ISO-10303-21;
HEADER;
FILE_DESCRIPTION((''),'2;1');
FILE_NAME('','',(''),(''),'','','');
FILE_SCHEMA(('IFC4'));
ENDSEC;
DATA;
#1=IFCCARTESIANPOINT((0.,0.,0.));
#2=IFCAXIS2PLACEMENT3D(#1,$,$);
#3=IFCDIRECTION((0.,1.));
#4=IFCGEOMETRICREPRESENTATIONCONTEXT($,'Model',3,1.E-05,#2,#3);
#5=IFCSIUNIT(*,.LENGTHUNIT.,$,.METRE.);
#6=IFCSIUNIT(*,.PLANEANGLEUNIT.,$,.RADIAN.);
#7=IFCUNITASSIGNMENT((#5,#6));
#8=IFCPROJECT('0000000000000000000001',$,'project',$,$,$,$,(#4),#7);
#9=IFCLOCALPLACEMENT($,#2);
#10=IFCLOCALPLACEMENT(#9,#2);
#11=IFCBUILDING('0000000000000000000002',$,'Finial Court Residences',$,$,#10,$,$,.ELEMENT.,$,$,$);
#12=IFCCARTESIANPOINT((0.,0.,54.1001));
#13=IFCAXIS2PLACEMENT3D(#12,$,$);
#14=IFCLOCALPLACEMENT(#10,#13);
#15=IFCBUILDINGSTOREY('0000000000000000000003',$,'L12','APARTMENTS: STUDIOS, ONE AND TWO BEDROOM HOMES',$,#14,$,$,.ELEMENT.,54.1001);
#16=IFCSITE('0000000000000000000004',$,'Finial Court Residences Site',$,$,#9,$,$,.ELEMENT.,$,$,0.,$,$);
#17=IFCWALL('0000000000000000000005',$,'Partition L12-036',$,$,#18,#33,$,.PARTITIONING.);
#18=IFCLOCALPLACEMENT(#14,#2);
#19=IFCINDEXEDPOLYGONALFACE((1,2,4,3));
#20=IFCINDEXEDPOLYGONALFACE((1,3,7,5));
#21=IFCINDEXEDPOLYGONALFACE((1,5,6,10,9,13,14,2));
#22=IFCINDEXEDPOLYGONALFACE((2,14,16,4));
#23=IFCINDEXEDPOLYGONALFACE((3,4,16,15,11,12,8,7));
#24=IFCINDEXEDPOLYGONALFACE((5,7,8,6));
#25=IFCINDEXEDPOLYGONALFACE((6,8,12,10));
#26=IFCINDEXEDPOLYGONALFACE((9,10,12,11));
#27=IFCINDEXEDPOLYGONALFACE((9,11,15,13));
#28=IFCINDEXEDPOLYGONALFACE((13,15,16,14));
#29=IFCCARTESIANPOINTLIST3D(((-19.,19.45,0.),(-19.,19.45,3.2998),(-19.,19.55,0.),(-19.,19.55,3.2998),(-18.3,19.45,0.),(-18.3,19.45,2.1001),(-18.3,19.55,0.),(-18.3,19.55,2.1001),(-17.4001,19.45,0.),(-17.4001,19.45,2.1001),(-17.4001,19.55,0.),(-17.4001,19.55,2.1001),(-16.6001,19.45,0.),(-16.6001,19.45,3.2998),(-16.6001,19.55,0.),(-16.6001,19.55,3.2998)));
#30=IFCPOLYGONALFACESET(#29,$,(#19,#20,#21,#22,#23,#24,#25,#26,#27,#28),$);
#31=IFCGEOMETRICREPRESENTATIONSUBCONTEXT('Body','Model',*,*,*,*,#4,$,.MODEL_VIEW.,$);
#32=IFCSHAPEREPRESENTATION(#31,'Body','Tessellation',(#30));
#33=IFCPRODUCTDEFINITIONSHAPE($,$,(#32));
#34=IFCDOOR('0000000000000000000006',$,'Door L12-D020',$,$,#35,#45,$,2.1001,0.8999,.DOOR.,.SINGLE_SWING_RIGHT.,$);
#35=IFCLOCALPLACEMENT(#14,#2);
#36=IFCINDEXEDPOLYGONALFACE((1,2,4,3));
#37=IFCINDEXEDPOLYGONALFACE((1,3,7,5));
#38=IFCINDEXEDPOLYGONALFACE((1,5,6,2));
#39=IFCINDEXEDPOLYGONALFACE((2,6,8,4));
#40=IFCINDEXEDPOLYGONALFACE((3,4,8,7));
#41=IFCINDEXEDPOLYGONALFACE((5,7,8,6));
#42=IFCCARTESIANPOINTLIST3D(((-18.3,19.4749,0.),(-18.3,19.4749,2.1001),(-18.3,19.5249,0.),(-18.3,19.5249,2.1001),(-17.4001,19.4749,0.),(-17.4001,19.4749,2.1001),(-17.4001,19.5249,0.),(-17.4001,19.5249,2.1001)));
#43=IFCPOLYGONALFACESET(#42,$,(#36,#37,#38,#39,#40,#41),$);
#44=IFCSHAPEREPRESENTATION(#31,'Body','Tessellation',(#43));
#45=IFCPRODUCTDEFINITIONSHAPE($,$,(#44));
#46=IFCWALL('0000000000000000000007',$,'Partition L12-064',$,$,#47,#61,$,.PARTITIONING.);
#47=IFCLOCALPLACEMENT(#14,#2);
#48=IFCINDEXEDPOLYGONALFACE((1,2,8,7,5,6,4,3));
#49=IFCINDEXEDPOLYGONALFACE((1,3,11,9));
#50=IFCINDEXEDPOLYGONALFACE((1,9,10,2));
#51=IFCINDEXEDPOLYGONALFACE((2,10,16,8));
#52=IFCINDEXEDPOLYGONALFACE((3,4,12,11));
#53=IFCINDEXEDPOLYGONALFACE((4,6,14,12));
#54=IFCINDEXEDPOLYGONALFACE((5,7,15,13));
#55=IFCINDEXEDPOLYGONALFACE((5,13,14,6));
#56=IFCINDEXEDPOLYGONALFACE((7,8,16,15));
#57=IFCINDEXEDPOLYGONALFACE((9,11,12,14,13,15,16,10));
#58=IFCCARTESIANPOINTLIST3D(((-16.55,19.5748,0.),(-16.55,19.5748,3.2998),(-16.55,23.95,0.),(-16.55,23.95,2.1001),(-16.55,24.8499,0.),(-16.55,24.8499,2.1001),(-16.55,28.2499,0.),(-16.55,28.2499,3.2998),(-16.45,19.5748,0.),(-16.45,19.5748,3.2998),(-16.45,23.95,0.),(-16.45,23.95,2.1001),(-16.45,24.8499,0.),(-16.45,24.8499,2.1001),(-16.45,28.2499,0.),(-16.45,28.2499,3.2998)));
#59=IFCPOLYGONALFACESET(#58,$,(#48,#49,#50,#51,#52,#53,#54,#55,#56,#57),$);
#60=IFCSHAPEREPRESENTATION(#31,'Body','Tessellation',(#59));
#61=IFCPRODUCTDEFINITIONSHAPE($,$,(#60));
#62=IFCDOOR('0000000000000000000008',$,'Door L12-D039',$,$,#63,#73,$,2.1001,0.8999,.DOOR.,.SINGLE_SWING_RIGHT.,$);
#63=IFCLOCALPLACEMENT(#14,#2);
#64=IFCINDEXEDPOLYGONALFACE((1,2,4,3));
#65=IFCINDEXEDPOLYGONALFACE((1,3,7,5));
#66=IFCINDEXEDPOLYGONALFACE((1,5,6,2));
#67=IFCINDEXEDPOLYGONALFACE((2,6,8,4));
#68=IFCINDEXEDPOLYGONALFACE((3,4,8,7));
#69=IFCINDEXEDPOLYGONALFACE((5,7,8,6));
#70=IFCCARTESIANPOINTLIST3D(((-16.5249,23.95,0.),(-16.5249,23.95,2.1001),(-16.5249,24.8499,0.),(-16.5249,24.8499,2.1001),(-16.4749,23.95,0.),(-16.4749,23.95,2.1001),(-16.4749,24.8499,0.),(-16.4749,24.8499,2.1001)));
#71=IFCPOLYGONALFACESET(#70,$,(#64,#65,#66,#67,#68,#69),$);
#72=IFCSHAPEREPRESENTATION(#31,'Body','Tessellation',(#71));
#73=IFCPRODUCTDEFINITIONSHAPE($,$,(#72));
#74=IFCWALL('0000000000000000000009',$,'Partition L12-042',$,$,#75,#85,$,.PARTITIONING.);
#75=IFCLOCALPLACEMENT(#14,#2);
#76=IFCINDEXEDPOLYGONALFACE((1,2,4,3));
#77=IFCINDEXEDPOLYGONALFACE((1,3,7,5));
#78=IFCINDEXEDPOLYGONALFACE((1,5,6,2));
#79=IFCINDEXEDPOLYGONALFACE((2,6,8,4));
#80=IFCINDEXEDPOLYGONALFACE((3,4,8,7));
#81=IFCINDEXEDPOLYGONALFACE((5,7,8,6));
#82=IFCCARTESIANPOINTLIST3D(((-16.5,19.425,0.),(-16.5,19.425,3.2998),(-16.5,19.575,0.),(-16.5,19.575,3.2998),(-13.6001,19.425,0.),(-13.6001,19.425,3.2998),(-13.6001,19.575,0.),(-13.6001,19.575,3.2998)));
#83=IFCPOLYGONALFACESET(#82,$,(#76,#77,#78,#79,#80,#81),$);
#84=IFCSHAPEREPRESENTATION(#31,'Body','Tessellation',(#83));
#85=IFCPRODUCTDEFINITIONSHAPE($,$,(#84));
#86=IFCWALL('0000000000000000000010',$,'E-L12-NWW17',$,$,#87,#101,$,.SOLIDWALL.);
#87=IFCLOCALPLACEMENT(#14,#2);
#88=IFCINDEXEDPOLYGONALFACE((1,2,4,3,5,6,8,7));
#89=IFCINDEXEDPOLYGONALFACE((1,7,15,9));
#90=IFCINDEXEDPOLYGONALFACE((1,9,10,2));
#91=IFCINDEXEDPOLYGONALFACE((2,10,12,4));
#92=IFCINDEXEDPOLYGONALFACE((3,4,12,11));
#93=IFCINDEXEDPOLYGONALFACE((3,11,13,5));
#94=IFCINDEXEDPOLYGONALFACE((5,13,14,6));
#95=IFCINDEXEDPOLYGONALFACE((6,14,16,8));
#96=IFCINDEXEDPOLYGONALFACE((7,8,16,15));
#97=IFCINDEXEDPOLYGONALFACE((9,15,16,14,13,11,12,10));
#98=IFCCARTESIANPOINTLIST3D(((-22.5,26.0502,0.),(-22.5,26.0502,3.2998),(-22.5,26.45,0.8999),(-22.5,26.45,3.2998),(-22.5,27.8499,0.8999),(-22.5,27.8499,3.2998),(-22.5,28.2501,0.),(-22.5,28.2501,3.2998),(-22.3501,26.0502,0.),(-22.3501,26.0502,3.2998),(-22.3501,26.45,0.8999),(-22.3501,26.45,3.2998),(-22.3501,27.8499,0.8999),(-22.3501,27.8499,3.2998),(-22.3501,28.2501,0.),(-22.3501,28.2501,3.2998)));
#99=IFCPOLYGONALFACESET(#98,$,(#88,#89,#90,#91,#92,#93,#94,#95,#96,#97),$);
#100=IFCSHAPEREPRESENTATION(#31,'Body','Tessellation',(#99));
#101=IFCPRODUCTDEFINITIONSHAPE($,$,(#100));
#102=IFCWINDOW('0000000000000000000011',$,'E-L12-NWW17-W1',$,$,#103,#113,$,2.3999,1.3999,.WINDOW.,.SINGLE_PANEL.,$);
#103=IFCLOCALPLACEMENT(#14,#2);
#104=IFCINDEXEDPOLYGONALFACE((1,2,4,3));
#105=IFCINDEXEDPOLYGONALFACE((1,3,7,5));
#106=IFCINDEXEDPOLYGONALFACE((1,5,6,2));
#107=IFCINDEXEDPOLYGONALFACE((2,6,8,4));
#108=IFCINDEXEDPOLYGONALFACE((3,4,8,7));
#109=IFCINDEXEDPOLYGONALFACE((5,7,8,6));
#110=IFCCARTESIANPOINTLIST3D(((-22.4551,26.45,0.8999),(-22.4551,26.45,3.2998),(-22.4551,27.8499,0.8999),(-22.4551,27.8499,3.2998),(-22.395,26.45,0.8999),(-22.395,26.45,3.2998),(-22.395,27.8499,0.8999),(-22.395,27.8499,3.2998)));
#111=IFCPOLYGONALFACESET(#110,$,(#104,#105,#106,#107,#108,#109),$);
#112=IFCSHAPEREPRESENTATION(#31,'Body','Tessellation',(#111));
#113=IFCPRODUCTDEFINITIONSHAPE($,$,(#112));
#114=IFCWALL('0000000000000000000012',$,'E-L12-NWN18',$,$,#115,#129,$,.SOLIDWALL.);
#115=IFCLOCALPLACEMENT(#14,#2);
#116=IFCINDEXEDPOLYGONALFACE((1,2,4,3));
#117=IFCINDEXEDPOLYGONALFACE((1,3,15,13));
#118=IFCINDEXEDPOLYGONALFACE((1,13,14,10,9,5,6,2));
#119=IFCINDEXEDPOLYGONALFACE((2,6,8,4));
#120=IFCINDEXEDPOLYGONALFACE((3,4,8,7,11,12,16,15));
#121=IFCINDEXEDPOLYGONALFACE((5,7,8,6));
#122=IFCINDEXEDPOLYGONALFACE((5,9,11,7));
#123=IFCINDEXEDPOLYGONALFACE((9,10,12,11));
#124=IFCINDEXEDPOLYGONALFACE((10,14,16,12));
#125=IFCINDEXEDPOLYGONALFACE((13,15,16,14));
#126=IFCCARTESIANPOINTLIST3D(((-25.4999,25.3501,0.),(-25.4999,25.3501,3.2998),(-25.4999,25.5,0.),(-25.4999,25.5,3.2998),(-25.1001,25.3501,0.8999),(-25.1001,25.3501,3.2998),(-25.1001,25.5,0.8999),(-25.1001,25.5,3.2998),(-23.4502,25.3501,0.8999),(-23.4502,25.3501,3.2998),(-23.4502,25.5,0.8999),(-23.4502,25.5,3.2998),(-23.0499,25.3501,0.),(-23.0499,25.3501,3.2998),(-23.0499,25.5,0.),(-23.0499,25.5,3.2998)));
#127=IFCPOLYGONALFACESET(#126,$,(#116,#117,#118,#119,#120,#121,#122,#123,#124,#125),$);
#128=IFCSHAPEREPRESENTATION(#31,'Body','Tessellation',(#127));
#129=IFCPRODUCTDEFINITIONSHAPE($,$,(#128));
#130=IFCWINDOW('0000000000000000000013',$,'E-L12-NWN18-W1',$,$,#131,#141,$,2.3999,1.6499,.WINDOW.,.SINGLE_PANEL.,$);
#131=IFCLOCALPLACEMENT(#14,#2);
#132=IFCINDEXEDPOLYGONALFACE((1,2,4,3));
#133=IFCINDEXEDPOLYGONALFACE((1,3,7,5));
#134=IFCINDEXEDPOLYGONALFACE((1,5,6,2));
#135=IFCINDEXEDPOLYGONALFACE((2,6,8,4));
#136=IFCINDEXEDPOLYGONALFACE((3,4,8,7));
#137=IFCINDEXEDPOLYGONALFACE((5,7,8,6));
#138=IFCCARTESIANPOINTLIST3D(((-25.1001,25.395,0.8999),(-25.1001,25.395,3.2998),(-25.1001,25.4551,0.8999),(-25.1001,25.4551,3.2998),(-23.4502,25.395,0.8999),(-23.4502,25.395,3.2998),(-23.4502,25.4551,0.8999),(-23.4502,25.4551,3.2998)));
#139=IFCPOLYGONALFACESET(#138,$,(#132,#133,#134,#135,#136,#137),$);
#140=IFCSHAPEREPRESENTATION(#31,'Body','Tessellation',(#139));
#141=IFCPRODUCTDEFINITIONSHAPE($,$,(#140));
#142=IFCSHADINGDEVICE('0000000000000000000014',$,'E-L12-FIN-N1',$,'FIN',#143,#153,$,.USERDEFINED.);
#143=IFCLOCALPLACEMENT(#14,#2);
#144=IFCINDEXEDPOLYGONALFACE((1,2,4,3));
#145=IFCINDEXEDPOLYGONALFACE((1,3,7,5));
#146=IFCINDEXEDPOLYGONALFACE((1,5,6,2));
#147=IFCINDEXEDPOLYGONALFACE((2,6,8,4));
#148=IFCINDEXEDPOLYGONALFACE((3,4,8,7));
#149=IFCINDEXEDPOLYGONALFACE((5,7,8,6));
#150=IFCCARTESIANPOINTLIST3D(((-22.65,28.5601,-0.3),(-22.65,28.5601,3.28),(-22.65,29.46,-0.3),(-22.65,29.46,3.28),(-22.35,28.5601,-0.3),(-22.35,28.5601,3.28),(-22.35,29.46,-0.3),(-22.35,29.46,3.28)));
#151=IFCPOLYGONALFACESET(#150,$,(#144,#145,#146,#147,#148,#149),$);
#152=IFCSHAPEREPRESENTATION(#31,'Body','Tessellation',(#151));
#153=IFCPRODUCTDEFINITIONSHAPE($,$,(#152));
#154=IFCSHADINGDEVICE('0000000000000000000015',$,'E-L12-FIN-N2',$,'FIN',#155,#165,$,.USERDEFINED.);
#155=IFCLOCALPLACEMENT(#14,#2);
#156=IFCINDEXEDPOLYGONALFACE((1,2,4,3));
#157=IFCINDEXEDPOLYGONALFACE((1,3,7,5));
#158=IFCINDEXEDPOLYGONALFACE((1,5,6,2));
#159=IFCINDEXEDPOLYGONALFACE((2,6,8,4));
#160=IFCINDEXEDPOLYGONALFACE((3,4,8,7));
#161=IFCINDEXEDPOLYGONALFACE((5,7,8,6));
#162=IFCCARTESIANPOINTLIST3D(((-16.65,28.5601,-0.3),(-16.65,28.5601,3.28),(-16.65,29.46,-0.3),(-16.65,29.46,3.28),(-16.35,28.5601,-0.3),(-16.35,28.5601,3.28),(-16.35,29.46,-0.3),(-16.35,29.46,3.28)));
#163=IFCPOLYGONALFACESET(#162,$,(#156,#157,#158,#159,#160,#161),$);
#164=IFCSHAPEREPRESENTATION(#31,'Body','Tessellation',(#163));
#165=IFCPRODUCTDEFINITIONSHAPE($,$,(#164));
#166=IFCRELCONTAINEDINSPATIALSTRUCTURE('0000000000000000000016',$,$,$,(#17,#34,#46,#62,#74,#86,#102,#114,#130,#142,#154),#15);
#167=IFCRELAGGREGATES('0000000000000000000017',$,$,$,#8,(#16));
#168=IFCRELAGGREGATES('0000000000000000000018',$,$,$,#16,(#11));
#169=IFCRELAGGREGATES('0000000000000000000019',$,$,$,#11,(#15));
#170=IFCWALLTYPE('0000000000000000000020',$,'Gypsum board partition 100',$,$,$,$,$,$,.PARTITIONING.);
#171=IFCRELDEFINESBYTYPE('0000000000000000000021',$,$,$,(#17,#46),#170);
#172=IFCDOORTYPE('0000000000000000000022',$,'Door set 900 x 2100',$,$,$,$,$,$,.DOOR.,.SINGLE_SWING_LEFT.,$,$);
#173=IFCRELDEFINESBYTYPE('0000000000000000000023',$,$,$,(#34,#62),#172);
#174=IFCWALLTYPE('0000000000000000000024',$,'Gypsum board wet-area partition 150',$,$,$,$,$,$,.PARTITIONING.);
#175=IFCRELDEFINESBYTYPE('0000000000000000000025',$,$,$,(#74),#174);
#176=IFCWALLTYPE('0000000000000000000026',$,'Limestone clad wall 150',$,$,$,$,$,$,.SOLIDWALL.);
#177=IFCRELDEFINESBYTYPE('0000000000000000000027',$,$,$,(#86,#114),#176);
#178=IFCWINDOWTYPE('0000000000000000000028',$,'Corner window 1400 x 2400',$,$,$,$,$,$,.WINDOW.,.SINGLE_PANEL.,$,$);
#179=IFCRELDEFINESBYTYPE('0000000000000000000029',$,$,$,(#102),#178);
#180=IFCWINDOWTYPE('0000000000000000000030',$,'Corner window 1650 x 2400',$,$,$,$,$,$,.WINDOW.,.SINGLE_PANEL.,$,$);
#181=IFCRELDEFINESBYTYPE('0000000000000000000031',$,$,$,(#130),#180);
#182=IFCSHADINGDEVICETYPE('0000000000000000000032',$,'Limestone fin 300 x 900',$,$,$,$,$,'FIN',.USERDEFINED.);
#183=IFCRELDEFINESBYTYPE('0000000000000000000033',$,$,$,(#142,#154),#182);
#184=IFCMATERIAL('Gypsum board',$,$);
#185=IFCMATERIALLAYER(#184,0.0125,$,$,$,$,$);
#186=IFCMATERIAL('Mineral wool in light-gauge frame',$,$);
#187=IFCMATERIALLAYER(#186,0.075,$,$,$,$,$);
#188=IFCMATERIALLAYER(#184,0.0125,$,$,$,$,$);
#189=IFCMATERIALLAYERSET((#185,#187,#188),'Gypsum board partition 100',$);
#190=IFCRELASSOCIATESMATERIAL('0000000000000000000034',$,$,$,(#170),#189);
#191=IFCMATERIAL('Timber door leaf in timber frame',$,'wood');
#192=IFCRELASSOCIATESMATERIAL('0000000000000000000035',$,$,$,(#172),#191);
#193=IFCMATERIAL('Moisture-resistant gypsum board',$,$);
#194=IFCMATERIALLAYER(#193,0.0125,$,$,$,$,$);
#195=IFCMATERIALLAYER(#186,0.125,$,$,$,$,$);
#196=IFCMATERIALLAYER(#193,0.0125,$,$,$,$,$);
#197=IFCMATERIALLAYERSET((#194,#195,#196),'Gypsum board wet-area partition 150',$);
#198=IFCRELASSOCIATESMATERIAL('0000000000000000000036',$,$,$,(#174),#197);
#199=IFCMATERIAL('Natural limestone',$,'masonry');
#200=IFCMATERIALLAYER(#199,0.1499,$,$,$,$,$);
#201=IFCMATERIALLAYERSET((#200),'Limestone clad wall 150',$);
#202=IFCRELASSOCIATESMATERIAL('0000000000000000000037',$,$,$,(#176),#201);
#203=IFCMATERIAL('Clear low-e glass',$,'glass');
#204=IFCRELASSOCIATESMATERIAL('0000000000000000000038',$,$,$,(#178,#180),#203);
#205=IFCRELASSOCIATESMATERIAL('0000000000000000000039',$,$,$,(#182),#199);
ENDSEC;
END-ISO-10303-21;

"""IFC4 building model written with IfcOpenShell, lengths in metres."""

from ifc_helpers import new_model, si_unit, direction, frame, frame_2d, origin, origin_2d, place, context, subcontext, project, spatial, rectangle, extrude, material, layer, layer_set, type_object, element, fill, save


model = new_model("IFC4")

# Units and contexts
model_context = context("Model", 3, precision=1e-05, world=origin(), true_north=direction((0.0, 1.0)))
body_context = subcontext(model_context, "Body", "Model", "MODEL_VIEW")
ifc_project = project(units=[si_unit("LENGTHUNIT", "METRE"), si_unit("PLANEANGLEUNIT", "RADIAN")], contexts=[model_context])

# Site, building, storey
site_placement = place(None, origin())
site = spatial("IfcSite", under=ifc_project, at=site_placement, Name="Finial Court Residences Site", CompositionType="ELEMENT", RefElevation=0.0)
building_placement = place(site_placement, origin())
building = spatial("IfcBuilding", under=site, at=building_placement, Name="Finial Court Residences", CompositionType="ELEMENT")
storey_placement = place(building_placement, frame((0.0, 0.0, 54.1001)))
storey = spatial("IfcBuildingStorey", under=building, at=storey_placement, Name="L12", Description="APARTMENTS: STUDIOS, ONE AND TWO BEDROOM HOMES", CompositionType="ELEMENT", Elevation=54.1001)

# Shared definitions
ifc_material_1 = material(Name="Clear low-e glass", Category="glass")

# Walls, openings, doors
ifc_material_2 = material(Name="Gypsum board")
ifc_layer_1 = layer(ifc_material_2, 0.0125)
ifc_material_3 = material(Name="Mineral wool in light-gauge frame")
ifc_layer_2 = layer(ifc_material_3, 0.075)
ifc_layer_3 = layer(ifc_material_2, 0.0125)
ifc_layer_set_1 = layer_set([ifc_layer_1, ifc_layer_2, ifc_layer_3], Name="Gypsum board partition 100")
wall_type_1 = type_object("IfcWallType", Name="Gypsum board partition 100", PredefinedType="PARTITIONING", material=ifc_layer_set_1)
wall_1_placement = place(storey_placement, frame((-19.0, 19.5, 0.0), z_axis=(0.0, 0.0, 1.0), x_axis=(1.0, 0.0, 0.0)))
wall_1 = element("IfcWall", 1, at=wall_1_placement, inside=storey, type_object=wall_type_1, Name="Partition L12-036", PredefinedType="PARTITIONING", context=body_context, shape_type="SweptSolid", body=[
    extrude(rectangle(XDim=2.3999, YDim=0.1001, at=frame_2d((1.2, 0.0))), origin(), (0.0, 0.0, 1.0), 3.2998),
])
opening_1_placement = place(wall_1_placement, frame((0.7, 0.0, 0.0)))
opening_1 = element("IfcOpeningElement", 2, at=opening_1_placement, cuts=wall_1, PredefinedType="OPENING", context=body_context, shape_type="SweptSolid", body=[
    extrude(rectangle(XDim=0.8999, YDim=2.1001, at=frame_2d((0.45, 1.05))), frame((0.0, 0.0601, 0.0), z_axis=(0.0, -1.0, 0.0), x_axis=(1.0, 0.0, 0.0)), (0.0, 0.0, 1.0), 0.1201),
])
ifc_material_4 = material(Name="Timber door leaf in timber frame", Category="wood")
door_type = type_object("IfcDoorType", Name="Door set 900 x 2100", OperationType="SINGLE_SWING_LEFT", PredefinedType="DOOR", material=ifc_material_4)
door_1_placement = place(opening_1_placement, origin())
door_1 = element("IfcDoor", 3, at=door_1_placement, inside=storey, type_object=door_type, Name="Door L12-D020", OperationType="SINGLE_SWING_RIGHT", OverallHeight=2.1001, OverallWidth=0.8999, PredefinedType="DOOR", context=body_context, shape_type="SweptSolid", body=[
    extrude(rectangle(XDim=0.8999, YDim=2.1001, at=frame_2d((0.45, 1.05))), frame((0.0, 0.0249, 0.0), z_axis=(0.0, -1.0, 0.0), x_axis=(1.0, 0.0, 0.0)), (0.0, 0.0, 1.0), 0.05),
])
fill(opening_1, door_1)
wall_2_placement = place(storey_placement, frame((-16.5, 19.575, 0.0), z_axis=(0.0, 0.0, 1.0), x_axis=(0.0, 1.0, 0.0)))
wall_2 = element("IfcWall", 4, at=wall_2_placement, inside=storey, type_object=wall_type_1, Name="Partition L12-064", PredefinedType="PARTITIONING", context=body_context, shape_type="SweptSolid", body=[
    extrude(rectangle(XDim=8.675, YDim=0.1001, at=frame_2d((4.3374, 0.0))), origin(), (0.0, 0.0, 1.0), 3.2998),
])
opening_2_placement = place(wall_2_placement, frame((4.375, 0.0, 0.0)))
opening_2 = element("IfcOpeningElement", 5, at=opening_2_placement, cuts=wall_2, PredefinedType="OPENING", context=body_context, shape_type="SweptSolid", body=[
    extrude(rectangle(XDim=0.8999, YDim=2.1001, at=frame_2d((0.45, 1.05))), frame((0.0, 0.0601, 0.0), z_axis=(0.0, -1.0, 0.0), x_axis=(1.0, 0.0, 0.0)), (0.0, 0.0, 1.0), 0.1201),
])
door_2_placement = place(opening_2_placement, origin())
door_2 = element("IfcDoor", 6, at=door_2_placement, inside=storey, type_object=door_type, Name="Door L12-D039", OperationType="SINGLE_SWING_RIGHT", OverallHeight=2.1001, OverallWidth=0.8999, PredefinedType="DOOR", context=body_context, shape_type="SweptSolid", body=[
    extrude(rectangle(XDim=0.8999, YDim=2.1001, at=frame_2d((0.45, 1.05))), frame((0.0, 0.0249, 0.0), z_axis=(0.0, -1.0, 0.0), x_axis=(1.0, 0.0, 0.0)), (0.0, 0.0, 1.0), 0.05),
])
fill(opening_2, door_2)

# Wall
ifc_material_5 = material(Name="Moisture-resistant gypsum board")
ifc_layer_4 = layer(ifc_material_5, 0.0125)
ifc_layer_5 = layer(ifc_material_3, 0.125)
ifc_layer_6 = layer(ifc_material_5, 0.0125)
ifc_layer_set_2 = layer_set([ifc_layer_4, ifc_layer_5, ifc_layer_6], Name="Gypsum board wet-area partition 150")
wall_type_2 = type_object("IfcWallType", Name="Gypsum board wet-area partition 150", PredefinedType="PARTITIONING", material=ifc_layer_set_2)
wall_3_placement = place(storey_placement, frame((-16.5, 19.5, 0.0), z_axis=(0.0, 0.0, 1.0), x_axis=(1.0, 0.0, 0.0)))
element("IfcWall", 7, at=wall_3_placement, inside=storey, type_object=wall_type_2, Name="Partition L12-042", PredefinedType="PARTITIONING", context=body_context, shape_type="SweptSolid", body=[
    extrude(rectangle(XDim=2.8999, YDim=0.1499, at=frame_2d((1.45, 0.0))), origin(), (0.0, 0.0, 1.0), 3.2998),
])

# Walls, openings, windows
ifc_material_6 = material(Name="Natural limestone", Category="masonry")
ifc_layer_7 = layer(ifc_material_6, 0.1499)
ifc_layer_set_3 = layer_set([ifc_layer_7], Name="Limestone clad wall 150")
wall_type_3 = type_object("IfcWallType", Name="Limestone clad wall 150", PredefinedType="SOLIDWALL", material=ifc_layer_set_3)
wall_4_placement = place(storey_placement, frame((-22.425, 26.05, 0.0), z_axis=(0.0, 0.0, 1.0), x_axis=(0.0, 1.0, 0.0)))
wall_4 = element("IfcWall", 8, at=wall_4_placement, inside=storey, type_object=wall_type_3, Name="E-L12-NWW17", PredefinedType="SOLIDWALL", context=body_context, shape_type="SweptSolid", body=[
    extrude(rectangle(XDim=2.2, YDim=0.1499, at=frame_2d((1.1001, 0.0))), origin(), (0.0, 0.0, 1.0), 3.2998),
])
opening_3_placement = place(wall_4_placement, frame((0.3999, 0.0, 0.8999)))
opening_3 = element("IfcOpeningElement", 9, at=opening_3_placement, cuts=wall_4, PredefinedType="OPENING", context=body_context, shape_type="SweptSolid", body=[
    extrude(rectangle(XDim=1.3999, YDim=2.3999, at=frame_2d((0.7, 1.2))), frame((0.0, 0.085, 0.0), z_axis=(0.0, -1.0, 0.0), x_axis=(1.0, 0.0, 0.0)), (0.0, 0.0, 1.0), 0.1699),
])
window_type_1 = type_object("IfcWindowType", Name="Corner window 1400 x 2400", PartitioningType="SINGLE_PANEL", PredefinedType="WINDOW", material=ifc_material_1)
window_1_placement = place(opening_3_placement, origin())
window_1 = element("IfcWindow", 10, at=window_1_placement, inside=storey, type_object=window_type_1, Name="E-L12-NWW17-W1", OverallHeight=2.3999, OverallWidth=1.3999, PartitioningType="SINGLE_PANEL", PredefinedType="WINDOW", context=body_context, shape_type="SweptSolid", body=[
    extrude(rectangle(XDim=1.3999, YDim=2.3999, at=frame_2d((0.7, 1.2))), frame((0.0, 0.03, 0.0), z_axis=(0.0, -1.0, 0.0), x_axis=(1.0, 0.0, 0.0)), (0.0, 0.0, 1.0), 0.0601),
])
fill(opening_3, window_1)
wall_5_placement = place(storey_placement, frame((-25.5, 25.425, 0.0), z_axis=(0.0, 0.0, 1.0), x_axis=(1.0, 0.0, 0.0)))
wall_5 = element("IfcWall", 11, at=wall_5_placement, inside=storey, type_object=wall_type_3, Name="E-L12-NWN18", PredefinedType="SOLIDWALL", context=body_context, shape_type="SweptSolid", body=[
    extrude(rectangle(XDim=2.45, YDim=0.1499, at=frame_2d((1.2251, 0.0))), origin(), (0.0, 0.0, 1.0), 3.2998),
])
opening_4_placement = place(wall_5_placement, frame((0.3999, 0.0, 0.8999)))
opening_4 = element("IfcOpeningElement", 12, at=opening_4_placement, cuts=wall_5, PredefinedType="OPENING", context=body_context, shape_type="SweptSolid", body=[
    extrude(rectangle(XDim=1.6499, YDim=2.3999, at=frame_2d((0.825, 1.2))), frame((0.0, 0.085, 0.0), z_axis=(0.0, -1.0, 0.0), x_axis=(1.0, 0.0, 0.0)), (0.0, 0.0, 1.0), 0.1699),
])
window_type_2 = type_object("IfcWindowType", Name="Corner window 1650 x 2400", PartitioningType="SINGLE_PANEL", PredefinedType="WINDOW", material=ifc_material_1)
window_2_placement = place(opening_4_placement, origin())
window_2 = element("IfcWindow", 13, at=window_2_placement, inside=storey, type_object=window_type_2, Name="E-L12-NWN18-W1", OverallHeight=2.3999, OverallWidth=1.6499, PartitioningType="SINGLE_PANEL", PredefinedType="WINDOW", context=body_context, shape_type="SweptSolid", body=[
    extrude(rectangle(XDim=1.6499, YDim=2.3999, at=frame_2d((0.825, 1.2))), frame((0.0, 0.03, 0.0), z_axis=(0.0, -1.0, 0.0), x_axis=(1.0, 0.0, 0.0)), (0.0, 0.0, 1.0), 0.0601),
])
fill(opening_4, window_2)

# Shading devices
shading_device_type = type_object("IfcShadingDeviceType", Name="Limestone fin 300 x 900", ElementType="FIN", PredefinedType="USERDEFINED", material=ifc_material_6)
for number, where, z_axis, x_axis, name in (
    (14, (-22.5, 29.01, -0.3), (0.0, 0.0, 1.0), (1.0, 0.0, 0.0), "E-L12-FIN-N1"),
    (15, (-16.5, 29.01, -0.3), (0.0, 0.0, 1.0), (1.0, 0.0, 0.0), "E-L12-FIN-N2"),
):
    element("IfcShadingDevice", number, at=place(storey_placement, frame(where, z_axis=z_axis, x_axis=x_axis)), inside=storey, type_object=shading_device_type, Name=name, ObjectType="FIN", PredefinedType="USERDEFINED", context=body_context, shape_type="SweptSolid", body=[
        extrude(rectangle(XDim=0.3, YDim=0.8999, at=origin_2d()), origin(), (0.0, 0.0, 1.0), 3.5801),
    ])

save(model, "model.ifc")
